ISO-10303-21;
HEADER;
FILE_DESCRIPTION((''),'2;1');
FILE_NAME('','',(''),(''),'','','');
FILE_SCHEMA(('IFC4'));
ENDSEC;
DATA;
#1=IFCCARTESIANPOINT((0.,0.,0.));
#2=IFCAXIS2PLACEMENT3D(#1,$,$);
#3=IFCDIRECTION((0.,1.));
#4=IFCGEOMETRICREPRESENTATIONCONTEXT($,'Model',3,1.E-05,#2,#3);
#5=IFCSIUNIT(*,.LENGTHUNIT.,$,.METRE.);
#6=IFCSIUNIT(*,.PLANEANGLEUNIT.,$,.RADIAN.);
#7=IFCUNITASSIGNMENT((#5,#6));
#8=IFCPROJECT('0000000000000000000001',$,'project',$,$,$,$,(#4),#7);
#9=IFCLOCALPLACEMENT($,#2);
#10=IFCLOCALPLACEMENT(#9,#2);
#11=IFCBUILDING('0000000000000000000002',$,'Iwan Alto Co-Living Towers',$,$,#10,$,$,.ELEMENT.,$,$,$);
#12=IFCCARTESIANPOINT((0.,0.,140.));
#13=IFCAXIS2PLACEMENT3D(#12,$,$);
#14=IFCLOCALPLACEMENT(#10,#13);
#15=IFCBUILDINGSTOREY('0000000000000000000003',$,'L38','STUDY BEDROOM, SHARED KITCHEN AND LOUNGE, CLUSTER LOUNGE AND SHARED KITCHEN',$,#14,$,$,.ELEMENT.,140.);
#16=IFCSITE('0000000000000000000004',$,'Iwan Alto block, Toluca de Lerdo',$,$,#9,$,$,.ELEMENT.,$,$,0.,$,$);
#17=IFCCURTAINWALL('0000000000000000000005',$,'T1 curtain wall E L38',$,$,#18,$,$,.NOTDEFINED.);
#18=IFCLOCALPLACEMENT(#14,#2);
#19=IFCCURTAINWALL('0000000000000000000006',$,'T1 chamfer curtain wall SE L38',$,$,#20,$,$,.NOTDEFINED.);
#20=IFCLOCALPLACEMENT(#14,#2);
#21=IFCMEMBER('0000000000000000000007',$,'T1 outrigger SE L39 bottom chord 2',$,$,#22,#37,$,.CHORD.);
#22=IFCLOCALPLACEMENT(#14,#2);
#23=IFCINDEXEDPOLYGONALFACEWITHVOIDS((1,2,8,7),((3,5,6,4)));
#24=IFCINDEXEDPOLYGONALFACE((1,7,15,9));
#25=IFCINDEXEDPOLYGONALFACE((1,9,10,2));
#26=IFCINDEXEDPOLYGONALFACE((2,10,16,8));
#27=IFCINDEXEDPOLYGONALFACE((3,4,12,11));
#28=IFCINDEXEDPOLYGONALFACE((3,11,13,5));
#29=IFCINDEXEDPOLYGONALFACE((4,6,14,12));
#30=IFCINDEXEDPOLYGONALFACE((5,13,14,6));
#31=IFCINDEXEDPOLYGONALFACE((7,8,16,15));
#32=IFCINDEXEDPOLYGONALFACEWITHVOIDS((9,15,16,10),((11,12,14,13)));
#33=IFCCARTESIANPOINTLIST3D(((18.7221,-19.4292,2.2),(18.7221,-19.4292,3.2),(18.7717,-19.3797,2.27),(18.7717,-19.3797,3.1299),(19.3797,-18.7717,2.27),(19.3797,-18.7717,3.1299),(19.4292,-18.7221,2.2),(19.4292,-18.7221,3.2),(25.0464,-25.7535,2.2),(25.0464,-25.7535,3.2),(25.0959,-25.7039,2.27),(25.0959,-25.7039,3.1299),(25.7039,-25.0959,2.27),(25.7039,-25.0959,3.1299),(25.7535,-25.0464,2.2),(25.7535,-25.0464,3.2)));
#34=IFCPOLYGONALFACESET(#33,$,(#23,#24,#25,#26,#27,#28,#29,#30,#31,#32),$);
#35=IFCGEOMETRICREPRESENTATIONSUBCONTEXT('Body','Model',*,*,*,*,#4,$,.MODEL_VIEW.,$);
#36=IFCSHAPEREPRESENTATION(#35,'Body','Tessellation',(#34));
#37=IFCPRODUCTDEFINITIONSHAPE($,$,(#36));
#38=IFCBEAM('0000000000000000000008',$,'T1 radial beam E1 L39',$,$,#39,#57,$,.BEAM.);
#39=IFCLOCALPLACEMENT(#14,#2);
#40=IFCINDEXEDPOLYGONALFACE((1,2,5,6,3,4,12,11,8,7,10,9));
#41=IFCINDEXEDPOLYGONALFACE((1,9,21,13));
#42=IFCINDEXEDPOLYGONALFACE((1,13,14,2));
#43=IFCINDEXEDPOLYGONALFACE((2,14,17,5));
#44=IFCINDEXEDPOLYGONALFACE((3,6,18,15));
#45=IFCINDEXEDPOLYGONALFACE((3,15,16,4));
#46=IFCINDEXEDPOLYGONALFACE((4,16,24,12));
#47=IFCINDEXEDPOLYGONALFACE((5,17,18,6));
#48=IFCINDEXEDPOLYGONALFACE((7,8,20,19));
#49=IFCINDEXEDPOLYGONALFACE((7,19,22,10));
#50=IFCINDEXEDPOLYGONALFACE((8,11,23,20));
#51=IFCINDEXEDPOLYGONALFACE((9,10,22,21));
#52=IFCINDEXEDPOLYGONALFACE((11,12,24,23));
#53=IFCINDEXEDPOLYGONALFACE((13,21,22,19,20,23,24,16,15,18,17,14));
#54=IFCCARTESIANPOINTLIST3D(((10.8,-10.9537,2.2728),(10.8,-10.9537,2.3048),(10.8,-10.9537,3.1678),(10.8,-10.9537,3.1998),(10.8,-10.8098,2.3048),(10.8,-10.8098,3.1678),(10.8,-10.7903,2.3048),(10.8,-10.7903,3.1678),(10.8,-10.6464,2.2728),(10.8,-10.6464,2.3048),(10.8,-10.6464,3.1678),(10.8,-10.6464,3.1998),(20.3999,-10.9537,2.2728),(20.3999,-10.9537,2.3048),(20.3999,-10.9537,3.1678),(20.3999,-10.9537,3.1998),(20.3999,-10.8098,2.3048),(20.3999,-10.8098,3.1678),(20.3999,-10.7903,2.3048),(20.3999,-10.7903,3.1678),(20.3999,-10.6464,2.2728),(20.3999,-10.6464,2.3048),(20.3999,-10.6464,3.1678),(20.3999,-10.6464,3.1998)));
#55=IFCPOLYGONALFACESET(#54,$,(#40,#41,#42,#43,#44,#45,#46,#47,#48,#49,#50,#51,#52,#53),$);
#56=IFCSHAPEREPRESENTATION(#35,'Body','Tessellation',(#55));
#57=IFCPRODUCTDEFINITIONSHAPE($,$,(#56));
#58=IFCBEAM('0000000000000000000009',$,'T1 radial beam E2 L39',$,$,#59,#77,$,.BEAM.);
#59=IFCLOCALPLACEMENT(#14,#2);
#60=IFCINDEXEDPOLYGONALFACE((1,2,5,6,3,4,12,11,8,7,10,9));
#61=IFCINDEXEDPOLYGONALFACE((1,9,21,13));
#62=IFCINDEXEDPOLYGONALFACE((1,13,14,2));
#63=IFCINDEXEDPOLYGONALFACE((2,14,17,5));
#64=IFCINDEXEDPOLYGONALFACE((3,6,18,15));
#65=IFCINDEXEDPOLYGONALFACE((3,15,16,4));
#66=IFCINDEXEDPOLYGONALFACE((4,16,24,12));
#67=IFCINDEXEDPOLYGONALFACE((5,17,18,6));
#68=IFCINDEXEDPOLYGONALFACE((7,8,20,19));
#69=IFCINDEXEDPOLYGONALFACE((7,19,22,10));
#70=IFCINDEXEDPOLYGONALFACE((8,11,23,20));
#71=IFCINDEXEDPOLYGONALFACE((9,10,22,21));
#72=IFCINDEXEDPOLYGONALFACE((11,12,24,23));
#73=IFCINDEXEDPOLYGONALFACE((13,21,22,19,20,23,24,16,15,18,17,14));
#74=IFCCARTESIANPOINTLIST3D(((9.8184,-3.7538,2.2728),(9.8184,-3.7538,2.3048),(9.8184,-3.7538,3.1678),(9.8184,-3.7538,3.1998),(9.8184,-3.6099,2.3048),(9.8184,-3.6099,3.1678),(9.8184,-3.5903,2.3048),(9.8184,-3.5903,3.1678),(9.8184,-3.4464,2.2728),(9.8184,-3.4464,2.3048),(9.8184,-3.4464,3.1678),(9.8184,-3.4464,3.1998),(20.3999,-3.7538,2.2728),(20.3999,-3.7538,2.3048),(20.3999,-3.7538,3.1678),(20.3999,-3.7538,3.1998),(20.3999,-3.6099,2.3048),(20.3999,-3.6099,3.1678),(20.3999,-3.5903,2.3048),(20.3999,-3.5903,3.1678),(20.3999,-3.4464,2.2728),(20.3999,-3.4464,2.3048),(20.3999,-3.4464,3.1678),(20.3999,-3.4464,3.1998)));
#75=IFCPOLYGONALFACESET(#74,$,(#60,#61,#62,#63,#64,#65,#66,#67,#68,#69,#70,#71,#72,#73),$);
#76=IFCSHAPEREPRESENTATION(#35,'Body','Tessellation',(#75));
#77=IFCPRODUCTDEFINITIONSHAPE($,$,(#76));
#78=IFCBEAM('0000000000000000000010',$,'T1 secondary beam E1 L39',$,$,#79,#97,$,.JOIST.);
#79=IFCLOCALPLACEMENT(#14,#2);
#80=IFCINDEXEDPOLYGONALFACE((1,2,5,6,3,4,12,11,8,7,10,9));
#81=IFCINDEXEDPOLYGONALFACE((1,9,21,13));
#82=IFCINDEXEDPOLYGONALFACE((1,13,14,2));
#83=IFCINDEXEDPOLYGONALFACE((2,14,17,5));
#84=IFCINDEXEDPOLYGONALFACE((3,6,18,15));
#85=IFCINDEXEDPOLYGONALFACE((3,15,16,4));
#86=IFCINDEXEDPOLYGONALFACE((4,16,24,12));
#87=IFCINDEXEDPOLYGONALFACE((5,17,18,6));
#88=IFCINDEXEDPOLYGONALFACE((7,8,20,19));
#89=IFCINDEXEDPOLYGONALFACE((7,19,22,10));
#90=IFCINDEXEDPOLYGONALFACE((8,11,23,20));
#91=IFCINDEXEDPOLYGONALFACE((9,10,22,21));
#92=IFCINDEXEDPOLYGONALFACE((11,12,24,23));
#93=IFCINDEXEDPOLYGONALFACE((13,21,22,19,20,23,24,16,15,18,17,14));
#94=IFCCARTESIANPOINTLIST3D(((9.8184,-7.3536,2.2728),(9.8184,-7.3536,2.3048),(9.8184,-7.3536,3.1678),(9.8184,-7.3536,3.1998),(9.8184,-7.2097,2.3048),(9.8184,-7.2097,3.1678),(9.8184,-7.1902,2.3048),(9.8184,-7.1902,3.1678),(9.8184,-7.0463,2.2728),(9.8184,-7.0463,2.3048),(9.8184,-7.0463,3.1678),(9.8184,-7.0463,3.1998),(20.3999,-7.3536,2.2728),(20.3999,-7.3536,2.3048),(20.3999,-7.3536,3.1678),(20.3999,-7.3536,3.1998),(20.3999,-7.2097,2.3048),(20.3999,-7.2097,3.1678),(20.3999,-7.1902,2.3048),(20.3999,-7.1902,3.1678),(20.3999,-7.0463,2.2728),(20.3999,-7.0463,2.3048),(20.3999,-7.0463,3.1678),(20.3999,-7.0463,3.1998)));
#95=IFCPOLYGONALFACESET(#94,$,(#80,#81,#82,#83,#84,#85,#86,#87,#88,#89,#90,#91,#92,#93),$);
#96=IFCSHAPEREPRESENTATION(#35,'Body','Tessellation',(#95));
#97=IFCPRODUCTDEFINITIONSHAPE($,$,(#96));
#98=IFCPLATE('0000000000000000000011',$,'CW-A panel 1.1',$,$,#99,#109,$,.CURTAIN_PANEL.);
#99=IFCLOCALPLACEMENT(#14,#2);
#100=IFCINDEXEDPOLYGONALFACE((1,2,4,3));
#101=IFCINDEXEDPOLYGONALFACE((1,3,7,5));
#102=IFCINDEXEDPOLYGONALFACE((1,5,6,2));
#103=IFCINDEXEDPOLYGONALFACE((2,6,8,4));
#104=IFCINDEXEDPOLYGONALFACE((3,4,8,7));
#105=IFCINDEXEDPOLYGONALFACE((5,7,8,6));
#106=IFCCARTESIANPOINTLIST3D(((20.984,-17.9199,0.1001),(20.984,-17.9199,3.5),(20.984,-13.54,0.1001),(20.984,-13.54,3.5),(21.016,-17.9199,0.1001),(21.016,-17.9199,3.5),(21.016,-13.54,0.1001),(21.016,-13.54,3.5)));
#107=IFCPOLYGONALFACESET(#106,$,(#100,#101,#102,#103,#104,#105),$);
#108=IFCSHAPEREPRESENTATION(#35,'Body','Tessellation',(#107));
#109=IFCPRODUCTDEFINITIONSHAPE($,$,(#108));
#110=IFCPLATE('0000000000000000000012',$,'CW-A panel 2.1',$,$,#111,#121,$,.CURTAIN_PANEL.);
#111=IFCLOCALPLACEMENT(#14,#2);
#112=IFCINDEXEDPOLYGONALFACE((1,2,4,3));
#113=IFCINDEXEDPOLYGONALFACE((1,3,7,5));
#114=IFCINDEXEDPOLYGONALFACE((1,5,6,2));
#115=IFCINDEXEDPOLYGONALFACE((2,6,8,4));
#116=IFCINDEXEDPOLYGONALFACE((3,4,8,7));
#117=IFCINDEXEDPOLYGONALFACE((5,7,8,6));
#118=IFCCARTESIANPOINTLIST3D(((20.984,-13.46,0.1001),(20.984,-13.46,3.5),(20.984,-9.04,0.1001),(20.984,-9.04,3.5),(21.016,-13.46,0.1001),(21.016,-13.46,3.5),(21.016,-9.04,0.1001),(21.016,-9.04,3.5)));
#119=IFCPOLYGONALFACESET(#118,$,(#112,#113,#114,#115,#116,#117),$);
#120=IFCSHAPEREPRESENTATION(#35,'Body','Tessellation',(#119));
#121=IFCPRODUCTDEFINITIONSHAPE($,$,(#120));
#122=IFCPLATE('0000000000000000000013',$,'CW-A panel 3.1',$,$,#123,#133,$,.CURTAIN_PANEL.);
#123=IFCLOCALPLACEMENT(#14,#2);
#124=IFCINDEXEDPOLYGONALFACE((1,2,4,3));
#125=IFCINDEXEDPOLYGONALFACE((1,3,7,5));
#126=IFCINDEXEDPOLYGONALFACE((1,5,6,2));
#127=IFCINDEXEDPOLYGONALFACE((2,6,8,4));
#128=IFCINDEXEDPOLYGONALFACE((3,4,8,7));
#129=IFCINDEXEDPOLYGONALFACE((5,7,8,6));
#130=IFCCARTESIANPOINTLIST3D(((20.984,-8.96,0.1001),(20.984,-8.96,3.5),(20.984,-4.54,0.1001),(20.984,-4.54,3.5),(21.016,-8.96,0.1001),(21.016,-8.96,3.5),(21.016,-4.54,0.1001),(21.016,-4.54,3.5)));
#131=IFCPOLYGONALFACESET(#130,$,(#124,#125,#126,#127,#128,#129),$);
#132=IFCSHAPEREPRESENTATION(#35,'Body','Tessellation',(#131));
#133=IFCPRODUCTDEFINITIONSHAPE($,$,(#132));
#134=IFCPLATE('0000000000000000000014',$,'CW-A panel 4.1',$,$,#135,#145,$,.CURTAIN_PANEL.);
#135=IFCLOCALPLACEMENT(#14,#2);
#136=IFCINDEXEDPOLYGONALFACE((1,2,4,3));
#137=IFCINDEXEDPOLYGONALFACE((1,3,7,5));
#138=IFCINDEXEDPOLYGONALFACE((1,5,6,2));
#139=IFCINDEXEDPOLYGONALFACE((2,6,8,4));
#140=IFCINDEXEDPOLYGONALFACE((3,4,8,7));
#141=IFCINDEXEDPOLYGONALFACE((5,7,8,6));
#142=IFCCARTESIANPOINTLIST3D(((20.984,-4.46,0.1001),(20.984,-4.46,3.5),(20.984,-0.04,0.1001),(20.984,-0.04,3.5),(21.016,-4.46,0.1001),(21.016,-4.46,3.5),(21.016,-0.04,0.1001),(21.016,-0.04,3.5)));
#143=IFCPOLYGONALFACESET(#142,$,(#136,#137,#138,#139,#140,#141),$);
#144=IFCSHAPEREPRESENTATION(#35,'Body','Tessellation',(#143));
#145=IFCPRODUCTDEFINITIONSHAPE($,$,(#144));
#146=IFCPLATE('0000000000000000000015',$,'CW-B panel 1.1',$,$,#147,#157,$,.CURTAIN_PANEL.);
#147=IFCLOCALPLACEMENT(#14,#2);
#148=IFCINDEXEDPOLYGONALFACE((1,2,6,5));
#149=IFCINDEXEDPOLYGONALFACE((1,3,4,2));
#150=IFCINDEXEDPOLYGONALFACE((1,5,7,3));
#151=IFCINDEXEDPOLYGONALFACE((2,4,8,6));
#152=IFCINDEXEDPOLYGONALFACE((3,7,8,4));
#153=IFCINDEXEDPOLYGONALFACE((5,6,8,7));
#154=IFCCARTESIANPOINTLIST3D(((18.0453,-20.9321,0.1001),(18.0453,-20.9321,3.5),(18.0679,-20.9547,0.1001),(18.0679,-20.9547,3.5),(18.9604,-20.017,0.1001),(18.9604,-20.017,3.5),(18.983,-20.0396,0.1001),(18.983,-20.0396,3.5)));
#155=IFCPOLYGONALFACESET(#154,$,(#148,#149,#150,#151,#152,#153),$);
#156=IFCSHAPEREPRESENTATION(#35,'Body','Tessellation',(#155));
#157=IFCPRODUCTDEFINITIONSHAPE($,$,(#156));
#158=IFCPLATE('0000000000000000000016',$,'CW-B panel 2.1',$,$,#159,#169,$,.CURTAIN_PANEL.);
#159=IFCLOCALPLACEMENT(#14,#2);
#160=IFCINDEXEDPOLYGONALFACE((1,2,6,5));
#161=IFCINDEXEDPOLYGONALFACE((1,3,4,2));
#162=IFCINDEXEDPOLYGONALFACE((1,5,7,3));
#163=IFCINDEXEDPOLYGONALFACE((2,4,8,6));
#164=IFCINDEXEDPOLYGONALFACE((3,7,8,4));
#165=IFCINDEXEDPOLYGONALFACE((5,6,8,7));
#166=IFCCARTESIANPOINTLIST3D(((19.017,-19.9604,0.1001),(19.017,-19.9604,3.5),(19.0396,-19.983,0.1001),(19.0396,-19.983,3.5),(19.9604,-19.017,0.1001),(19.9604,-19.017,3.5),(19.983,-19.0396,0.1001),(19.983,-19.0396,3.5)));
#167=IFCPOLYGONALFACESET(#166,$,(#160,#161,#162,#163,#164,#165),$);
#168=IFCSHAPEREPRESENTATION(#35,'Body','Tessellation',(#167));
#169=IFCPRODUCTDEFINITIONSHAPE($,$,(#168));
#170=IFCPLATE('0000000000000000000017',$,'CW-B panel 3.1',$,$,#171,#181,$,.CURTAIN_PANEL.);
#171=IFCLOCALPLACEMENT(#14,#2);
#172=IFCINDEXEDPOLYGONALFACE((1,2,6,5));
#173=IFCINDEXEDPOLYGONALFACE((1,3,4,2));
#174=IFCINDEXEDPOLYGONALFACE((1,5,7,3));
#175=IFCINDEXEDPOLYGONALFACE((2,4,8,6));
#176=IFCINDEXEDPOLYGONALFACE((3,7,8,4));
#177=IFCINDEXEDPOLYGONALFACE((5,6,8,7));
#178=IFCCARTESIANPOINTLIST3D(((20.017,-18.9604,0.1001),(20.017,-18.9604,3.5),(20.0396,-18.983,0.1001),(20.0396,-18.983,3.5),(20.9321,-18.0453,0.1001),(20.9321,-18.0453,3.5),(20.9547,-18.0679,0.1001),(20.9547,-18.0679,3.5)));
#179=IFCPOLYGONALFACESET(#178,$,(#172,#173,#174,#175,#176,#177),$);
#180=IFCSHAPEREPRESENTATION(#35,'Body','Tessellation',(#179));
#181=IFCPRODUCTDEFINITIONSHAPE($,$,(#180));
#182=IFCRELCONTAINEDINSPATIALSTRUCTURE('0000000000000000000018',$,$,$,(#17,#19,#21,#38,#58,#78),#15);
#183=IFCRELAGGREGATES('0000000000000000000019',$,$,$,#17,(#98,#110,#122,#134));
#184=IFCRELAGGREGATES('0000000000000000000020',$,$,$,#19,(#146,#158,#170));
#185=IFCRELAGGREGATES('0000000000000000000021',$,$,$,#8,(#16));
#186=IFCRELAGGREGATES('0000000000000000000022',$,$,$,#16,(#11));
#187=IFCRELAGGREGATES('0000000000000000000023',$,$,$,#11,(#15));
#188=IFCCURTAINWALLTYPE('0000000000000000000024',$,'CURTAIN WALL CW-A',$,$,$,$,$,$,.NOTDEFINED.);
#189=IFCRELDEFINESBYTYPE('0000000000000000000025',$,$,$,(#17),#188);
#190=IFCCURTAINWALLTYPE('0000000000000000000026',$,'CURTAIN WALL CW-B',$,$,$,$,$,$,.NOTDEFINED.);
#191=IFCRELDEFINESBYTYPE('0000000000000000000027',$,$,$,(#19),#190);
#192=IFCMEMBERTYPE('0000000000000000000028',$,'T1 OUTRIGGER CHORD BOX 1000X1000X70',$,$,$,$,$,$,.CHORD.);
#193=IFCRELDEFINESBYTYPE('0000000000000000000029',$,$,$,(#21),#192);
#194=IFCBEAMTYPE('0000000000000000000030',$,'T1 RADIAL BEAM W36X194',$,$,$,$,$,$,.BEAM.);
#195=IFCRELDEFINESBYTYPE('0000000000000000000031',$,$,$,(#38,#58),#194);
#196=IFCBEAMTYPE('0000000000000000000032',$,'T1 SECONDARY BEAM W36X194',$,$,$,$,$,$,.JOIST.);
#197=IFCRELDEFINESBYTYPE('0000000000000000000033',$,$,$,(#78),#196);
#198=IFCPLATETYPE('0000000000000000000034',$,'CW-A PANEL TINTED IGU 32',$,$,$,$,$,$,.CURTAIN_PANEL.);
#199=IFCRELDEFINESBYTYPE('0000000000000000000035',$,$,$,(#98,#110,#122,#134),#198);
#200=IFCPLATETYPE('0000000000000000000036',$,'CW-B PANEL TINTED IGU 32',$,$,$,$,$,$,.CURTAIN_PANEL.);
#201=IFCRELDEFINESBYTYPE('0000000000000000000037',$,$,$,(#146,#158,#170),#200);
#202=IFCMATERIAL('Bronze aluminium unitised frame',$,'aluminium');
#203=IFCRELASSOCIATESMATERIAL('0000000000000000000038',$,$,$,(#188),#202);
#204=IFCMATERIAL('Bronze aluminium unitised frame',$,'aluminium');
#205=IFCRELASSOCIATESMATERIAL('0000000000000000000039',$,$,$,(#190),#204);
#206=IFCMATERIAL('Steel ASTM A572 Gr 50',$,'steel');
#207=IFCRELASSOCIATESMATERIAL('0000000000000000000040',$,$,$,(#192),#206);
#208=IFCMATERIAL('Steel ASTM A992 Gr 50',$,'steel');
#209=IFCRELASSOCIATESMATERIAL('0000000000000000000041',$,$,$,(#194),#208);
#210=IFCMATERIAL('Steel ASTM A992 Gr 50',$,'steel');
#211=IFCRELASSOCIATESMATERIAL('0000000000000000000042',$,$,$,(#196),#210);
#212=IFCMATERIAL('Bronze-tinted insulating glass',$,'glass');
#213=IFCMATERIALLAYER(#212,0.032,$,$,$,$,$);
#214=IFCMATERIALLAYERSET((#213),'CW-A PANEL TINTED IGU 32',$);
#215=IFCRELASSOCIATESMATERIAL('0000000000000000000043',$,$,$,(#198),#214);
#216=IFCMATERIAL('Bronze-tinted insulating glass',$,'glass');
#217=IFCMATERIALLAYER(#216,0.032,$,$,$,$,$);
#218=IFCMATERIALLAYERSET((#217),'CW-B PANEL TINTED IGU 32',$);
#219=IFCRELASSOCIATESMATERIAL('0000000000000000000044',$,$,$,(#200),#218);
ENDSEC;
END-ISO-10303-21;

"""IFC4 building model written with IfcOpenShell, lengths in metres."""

from ifc_helpers import new_model, si_unit, direction, frame, origin, origin_2d, place, context, subcontext, project, spatial, rectangle, hollow_rectangle, i_section, extrude, material, layer, layer_set, material_profile, profile_set, type_object, element, aggregate, save


model = new_model("IFC4")

# Units and contexts
model_context = context("Model", 3, precision=1e-05, world=origin(), true_north=direction((0.0, 1.0)))
body_context = subcontext(model_context, "Body", "Model", "MODEL_VIEW")
ifc_project = project(units=[si_unit("LENGTHUNIT", "METRE"), si_unit("PLANEANGLEUNIT", "RADIAN")], contexts=[model_context])

# Site, building, storey
site_placement = place(None, origin())
site = spatial("IfcSite", under=ifc_project, at=site_placement, Name="Iwan Alto block, Toluca de Lerdo", CompositionType="ELEMENT", RefElevation=0.0)
building_placement = place(site_placement, origin())
building = spatial("IfcBuilding", under=site, at=building_placement, Name="Iwan Alto Co-Living Towers", CompositionType="ELEMENT")
storey_placement = place(building_placement, frame((0.0, 0.0, 140.0)))
storey = spatial("IfcBuildingStorey", under=building, at=storey_placement, Name="L38", Description="STUDY BEDROOM, SHARED KITCHEN AND LOUNGE, CLUSTER LOUNGE AND SHARED KITCHEN", CompositionType="ELEMENT", Elevation=140.0)

# Curtain walls
ifc_material_1 = material(Name="Bronze aluminium unitised frame", Category="aluminium")
curtain_wall_type_1 = type_object("IfcCurtainWallType", Name="CURTAIN WALL CW-A", PredefinedType="NOTDEFINED", material=ifc_material_1)
curtain_wall_1_placement = place(storey_placement, origin())
curtain_wall_1 = element("IfcCurtainWall", 1, at=curtain_wall_1_placement, inside=storey, type_object=curtain_wall_type_1, Name="T1 curtain wall E L38", PredefinedType="NOTDEFINED")
ifc_material_2 = material(Name="Bronze aluminium unitised frame", Category="aluminium")
curtain_wall_type_2 = type_object("IfcCurtainWallType", Name="CURTAIN WALL CW-B", PredefinedType="NOTDEFINED", material=ifc_material_2)
curtain_wall_2_placement = place(storey_placement, origin())
curtain_wall_2 = element("IfcCurtainWall", 2, at=curtain_wall_2_placement, inside=storey, type_object=curtain_wall_type_2, Name="T1 chamfer curtain wall SE L38", PredefinedType="NOTDEFINED")

# Member
ifc_material_3 = material(Name="Steel ASTM A572 Gr 50", Category="steel")
ifc_material_profile_1 = material_profile(ifc_material_3, hollow_rectangle(XDim=1.0, YDim=1.0, WallThickness=0.0701, at=origin_2d()), Name="BOX 1000X1000X70")
ifc_profile_set_1 = profile_set([ifc_material_profile_1], Name="Steel ASTM A572 Gr 50")
member_type_1 = type_object("IfcMemberType", Name="T1 OUTRIGGER CHORD BOX 1000X1000X70", PredefinedType="CHORD", material=ifc_profile_set_1)
member_1_placement = place(storey_placement, frame((19.0757, -19.0757, 2.7), z_axis=(0.707107, -0.707107, 0.0), x_axis=(0.707107, 0.707107, 0.0)))
element("IfcMember", 3, at=member_1_placement, inside=storey, type_object=member_type_1, Name="T1 outrigger SE L39 bottom chord 2", PredefinedType="CHORD", context=body_context, shape_type="SweptSolid", body=[
    extrude(hollow_rectangle(XDim=1.0, YDim=1.0, WallThickness=0.0701, at=origin_2d()), origin(), (0.0, 0.0, 1.0), 8.9438),
])

# Beams
ifc_material_4 = material(Name="Steel ASTM A992 Gr 50", Category="steel")
ifc_material_profile_2 = material_profile(ifc_material_4, i_section(OverallWidth=0.3074, OverallDepth=0.927, WebThickness=0.0195, FlangeThickness=0.032, at=origin_2d()), Name="W36X194")
ifc_profile_set_2 = profile_set([ifc_material_profile_2], Name="Steel ASTM A992 Gr 50")
beam_type_1 = type_object("IfcBeamType", Name="T1 RADIAL BEAM W36X194", PredefinedType="BEAM", material=ifc_profile_set_2)
beam_1_placement = place(storey_placement, frame((20.3999, -10.8, 2.7363), z_axis=(-1.0, 0.0, 0.0), x_axis=(0.0, -1.0, 0.0)))
element("IfcBeam", 4, at=beam_1_placement, inside=storey, type_object=beam_type_1, Name="T1 radial beam E1 L39", PredefinedType="BEAM", context=body_context, shape_type="SweptSolid", body=[
    extrude(i_section(OverallWidth=0.3074, OverallDepth=0.927, WebThickness=0.0195, FlangeThickness=0.032, at=origin_2d()), origin(), (0.0, 0.0, 1.0), 9.5999),
])
beam_2_placement = place(storey_placement, frame((20.3999, -3.6001, 2.7363), z_axis=(-1.0, 0.0, 0.0), x_axis=(0.0, -1.0, 0.0)))
element("IfcBeam", 5, at=beam_2_placement, inside=storey, type_object=beam_type_1, Name="T1 radial beam E2 L39", PredefinedType="BEAM", context=body_context, shape_type="SweptSolid", body=[
    extrude(i_section(OverallWidth=0.3074, OverallDepth=0.927, WebThickness=0.0195, FlangeThickness=0.032, at=origin_2d()), origin(), (0.0, 0.0, 1.0), 10.5815),
])
ifc_material_5 = material(Name="Steel ASTM A992 Gr 50", Category="steel")
ifc_material_profile_3 = material_profile(ifc_material_5, i_section(OverallWidth=0.3074, OverallDepth=0.927, WebThickness=0.0195, FlangeThickness=0.032, at=origin_2d()), Name="W36X194")
ifc_profile_set_3 = profile_set([ifc_material_profile_3], Name="Steel ASTM A992 Gr 50")
beam_type_2 = type_object("IfcBeamType", Name="T1 SECONDARY BEAM W36X194", PredefinedType="JOIST", material=ifc_profile_set_3)
beam_3_placement = place(storey_placement, frame((20.3999, -7.2, 2.7363), z_axis=(-1.0, 0.0, 0.0), x_axis=(0.0, -1.0, 0.0)))
element("IfcBeam", 6, at=beam_3_placement, inside=storey, type_object=beam_type_2, Name="T1 secondary beam E1 L39", PredefinedType="JOIST", context=body_context, shape_type="SweptSolid", body=[
    extrude(i_section(OverallWidth=0.3074, OverallDepth=0.927, WebThickness=0.0195, FlangeThickness=0.032, at=origin_2d()), origin(), (0.0, 0.0, 1.0), 10.5815),
])

# Plates
ifc_material_6 = material(Name="Bronze-tinted insulating glass", Category="glass")
ifc_layer_1 = layer(ifc_material_6, 0.032)
ifc_layer_set_1 = layer_set([ifc_layer_1], Name="CW-A PANEL TINTED IGU 32")
plate_type_1 = type_object("IfcPlateType", Name="CW-A PANEL TINTED IGU 32", PredefinedType="CURTAIN_PANEL", material=ifc_layer_set_1)
plate_1_placement = place(storey_placement, frame((21.0, -15.73, 0.1001), z_axis=(0.0, 0.0, 1.0), x_axis=(0.0, 1.0, 0.0)))
plate_1 = element("IfcPlate", 7, at=plate_1_placement, type_object=plate_type_1, Name="CW-A panel 1.1", PredefinedType="CURTAIN_PANEL", context=body_context, shape_type="SweptSolid", body=[
    extrude(rectangle(XDim=4.3799, YDim=0.032, at=origin_2d()), origin(), (0.0, 0.0, 1.0), 3.3999),
])
plate_2_placement = place(storey_placement, frame((21.0, -11.25, 0.1001), z_axis=(0.0, 0.0, 1.0), x_axis=(0.0, 1.0, 0.0)))
plate_2 = element("IfcPlate", 8, at=plate_2_placement, type_object=plate_type_1, Name="CW-A panel 2.1", PredefinedType="CURTAIN_PANEL", context=body_context, shape_type="SweptSolid", body=[
    extrude(rectangle(XDim=4.4199, YDim=0.032, at=origin_2d()), origin(), (0.0, 0.0, 1.0), 3.3999),
])
plate_3_placement = place(storey_placement, frame((21.0, -6.75, 0.1001), z_axis=(0.0, 0.0, 1.0), x_axis=(0.0, 1.0, 0.0)))
plate_3 = element("IfcPlate", 9, at=plate_3_placement, type_object=plate_type_1, Name="CW-A panel 3.1", PredefinedType="CURTAIN_PANEL", context=body_context, shape_type="SweptSolid", body=[
    extrude(rectangle(XDim=4.4199, YDim=0.032, at=origin_2d()), origin(), (0.0, 0.0, 1.0), 3.3999),
])
plate_4_placement = place(storey_placement, frame((21.0, -2.25, 0.1001), z_axis=(0.0, 0.0, 1.0), x_axis=(0.0, 1.0, 0.0)))
plate_4 = element("IfcPlate", 10, at=plate_4_placement, type_object=plate_type_1, Name="CW-A panel 4.1", PredefinedType="CURTAIN_PANEL", context=body_context, shape_type="SweptSolid", body=[
    extrude(rectangle(XDim=4.4199, YDim=0.032, at=origin_2d()), origin(), (0.0, 0.0, 1.0), 3.3999),
])
aggregate(curtain_wall_1, [plate_1, plate_2, plate_3, plate_4])
ifc_material_7 = material(Name="Bronze-tinted insulating glass", Category="glass")
ifc_layer_2 = layer(ifc_material_7, 0.032)
ifc_layer_set_2 = layer_set([ifc_layer_2], Name="CW-B PANEL TINTED IGU 32")
plate_type_2 = type_object("IfcPlateType", Name="CW-B PANEL TINTED IGU 32", PredefinedType="CURTAIN_PANEL", material=ifc_layer_set_2)
plate_5_placement = place(storey_placement, frame((18.5142, -20.4858, 0.1001), z_axis=(0.0, 0.0, 1.0), x_axis=(0.707107, 0.707107, 0.0)))
plate_5 = element("IfcPlate", 11, at=plate_5_placement, type_object=plate_type_2, Name="CW-B panel 1.1", PredefinedType="CURTAIN_PANEL", context=body_context, shape_type="SweptSolid", body=[
    extrude(rectangle(XDim=1.2942, YDim=0.032, at=origin_2d()), origin(), (0.0, 0.0, 1.0), 3.3999),
])
plate_6_placement = place(storey_placement, frame((19.5, -19.5, 0.1001), z_axis=(0.0, 0.0, 1.0), x_axis=(0.707107, 0.707107, 0.0)))
plate_6 = element("IfcPlate", 12, at=plate_6_placement, type_object=plate_type_2, Name="CW-B panel 2.1", PredefinedType="CURTAIN_PANEL", context=body_context, shape_type="SweptSolid", body=[
    extrude(rectangle(XDim=1.3342, YDim=0.032, at=origin_2d()), origin(), (0.0, 0.0, 1.0), 3.3999),
])
plate_7_placement = place(storey_placement, frame((20.4858, -18.5142, 0.1001), z_axis=(0.0, 0.0, 1.0), x_axis=(0.707107, 0.707107, 0.0)))
plate_7 = element("IfcPlate", 13, at=plate_7_placement, type_object=plate_type_2, Name="CW-B panel 3.1", PredefinedType="CURTAIN_PANEL", context=body_context, shape_type="SweptSolid", body=[
    extrude(rectangle(XDim=1.2942, YDim=0.032, at=origin_2d()), origin(), (0.0, 0.0, 1.0), 3.3999),
])
aggregate(curtain_wall_2, [plate_5, plate_6, plate_7])

save(model, "model.ifc")
